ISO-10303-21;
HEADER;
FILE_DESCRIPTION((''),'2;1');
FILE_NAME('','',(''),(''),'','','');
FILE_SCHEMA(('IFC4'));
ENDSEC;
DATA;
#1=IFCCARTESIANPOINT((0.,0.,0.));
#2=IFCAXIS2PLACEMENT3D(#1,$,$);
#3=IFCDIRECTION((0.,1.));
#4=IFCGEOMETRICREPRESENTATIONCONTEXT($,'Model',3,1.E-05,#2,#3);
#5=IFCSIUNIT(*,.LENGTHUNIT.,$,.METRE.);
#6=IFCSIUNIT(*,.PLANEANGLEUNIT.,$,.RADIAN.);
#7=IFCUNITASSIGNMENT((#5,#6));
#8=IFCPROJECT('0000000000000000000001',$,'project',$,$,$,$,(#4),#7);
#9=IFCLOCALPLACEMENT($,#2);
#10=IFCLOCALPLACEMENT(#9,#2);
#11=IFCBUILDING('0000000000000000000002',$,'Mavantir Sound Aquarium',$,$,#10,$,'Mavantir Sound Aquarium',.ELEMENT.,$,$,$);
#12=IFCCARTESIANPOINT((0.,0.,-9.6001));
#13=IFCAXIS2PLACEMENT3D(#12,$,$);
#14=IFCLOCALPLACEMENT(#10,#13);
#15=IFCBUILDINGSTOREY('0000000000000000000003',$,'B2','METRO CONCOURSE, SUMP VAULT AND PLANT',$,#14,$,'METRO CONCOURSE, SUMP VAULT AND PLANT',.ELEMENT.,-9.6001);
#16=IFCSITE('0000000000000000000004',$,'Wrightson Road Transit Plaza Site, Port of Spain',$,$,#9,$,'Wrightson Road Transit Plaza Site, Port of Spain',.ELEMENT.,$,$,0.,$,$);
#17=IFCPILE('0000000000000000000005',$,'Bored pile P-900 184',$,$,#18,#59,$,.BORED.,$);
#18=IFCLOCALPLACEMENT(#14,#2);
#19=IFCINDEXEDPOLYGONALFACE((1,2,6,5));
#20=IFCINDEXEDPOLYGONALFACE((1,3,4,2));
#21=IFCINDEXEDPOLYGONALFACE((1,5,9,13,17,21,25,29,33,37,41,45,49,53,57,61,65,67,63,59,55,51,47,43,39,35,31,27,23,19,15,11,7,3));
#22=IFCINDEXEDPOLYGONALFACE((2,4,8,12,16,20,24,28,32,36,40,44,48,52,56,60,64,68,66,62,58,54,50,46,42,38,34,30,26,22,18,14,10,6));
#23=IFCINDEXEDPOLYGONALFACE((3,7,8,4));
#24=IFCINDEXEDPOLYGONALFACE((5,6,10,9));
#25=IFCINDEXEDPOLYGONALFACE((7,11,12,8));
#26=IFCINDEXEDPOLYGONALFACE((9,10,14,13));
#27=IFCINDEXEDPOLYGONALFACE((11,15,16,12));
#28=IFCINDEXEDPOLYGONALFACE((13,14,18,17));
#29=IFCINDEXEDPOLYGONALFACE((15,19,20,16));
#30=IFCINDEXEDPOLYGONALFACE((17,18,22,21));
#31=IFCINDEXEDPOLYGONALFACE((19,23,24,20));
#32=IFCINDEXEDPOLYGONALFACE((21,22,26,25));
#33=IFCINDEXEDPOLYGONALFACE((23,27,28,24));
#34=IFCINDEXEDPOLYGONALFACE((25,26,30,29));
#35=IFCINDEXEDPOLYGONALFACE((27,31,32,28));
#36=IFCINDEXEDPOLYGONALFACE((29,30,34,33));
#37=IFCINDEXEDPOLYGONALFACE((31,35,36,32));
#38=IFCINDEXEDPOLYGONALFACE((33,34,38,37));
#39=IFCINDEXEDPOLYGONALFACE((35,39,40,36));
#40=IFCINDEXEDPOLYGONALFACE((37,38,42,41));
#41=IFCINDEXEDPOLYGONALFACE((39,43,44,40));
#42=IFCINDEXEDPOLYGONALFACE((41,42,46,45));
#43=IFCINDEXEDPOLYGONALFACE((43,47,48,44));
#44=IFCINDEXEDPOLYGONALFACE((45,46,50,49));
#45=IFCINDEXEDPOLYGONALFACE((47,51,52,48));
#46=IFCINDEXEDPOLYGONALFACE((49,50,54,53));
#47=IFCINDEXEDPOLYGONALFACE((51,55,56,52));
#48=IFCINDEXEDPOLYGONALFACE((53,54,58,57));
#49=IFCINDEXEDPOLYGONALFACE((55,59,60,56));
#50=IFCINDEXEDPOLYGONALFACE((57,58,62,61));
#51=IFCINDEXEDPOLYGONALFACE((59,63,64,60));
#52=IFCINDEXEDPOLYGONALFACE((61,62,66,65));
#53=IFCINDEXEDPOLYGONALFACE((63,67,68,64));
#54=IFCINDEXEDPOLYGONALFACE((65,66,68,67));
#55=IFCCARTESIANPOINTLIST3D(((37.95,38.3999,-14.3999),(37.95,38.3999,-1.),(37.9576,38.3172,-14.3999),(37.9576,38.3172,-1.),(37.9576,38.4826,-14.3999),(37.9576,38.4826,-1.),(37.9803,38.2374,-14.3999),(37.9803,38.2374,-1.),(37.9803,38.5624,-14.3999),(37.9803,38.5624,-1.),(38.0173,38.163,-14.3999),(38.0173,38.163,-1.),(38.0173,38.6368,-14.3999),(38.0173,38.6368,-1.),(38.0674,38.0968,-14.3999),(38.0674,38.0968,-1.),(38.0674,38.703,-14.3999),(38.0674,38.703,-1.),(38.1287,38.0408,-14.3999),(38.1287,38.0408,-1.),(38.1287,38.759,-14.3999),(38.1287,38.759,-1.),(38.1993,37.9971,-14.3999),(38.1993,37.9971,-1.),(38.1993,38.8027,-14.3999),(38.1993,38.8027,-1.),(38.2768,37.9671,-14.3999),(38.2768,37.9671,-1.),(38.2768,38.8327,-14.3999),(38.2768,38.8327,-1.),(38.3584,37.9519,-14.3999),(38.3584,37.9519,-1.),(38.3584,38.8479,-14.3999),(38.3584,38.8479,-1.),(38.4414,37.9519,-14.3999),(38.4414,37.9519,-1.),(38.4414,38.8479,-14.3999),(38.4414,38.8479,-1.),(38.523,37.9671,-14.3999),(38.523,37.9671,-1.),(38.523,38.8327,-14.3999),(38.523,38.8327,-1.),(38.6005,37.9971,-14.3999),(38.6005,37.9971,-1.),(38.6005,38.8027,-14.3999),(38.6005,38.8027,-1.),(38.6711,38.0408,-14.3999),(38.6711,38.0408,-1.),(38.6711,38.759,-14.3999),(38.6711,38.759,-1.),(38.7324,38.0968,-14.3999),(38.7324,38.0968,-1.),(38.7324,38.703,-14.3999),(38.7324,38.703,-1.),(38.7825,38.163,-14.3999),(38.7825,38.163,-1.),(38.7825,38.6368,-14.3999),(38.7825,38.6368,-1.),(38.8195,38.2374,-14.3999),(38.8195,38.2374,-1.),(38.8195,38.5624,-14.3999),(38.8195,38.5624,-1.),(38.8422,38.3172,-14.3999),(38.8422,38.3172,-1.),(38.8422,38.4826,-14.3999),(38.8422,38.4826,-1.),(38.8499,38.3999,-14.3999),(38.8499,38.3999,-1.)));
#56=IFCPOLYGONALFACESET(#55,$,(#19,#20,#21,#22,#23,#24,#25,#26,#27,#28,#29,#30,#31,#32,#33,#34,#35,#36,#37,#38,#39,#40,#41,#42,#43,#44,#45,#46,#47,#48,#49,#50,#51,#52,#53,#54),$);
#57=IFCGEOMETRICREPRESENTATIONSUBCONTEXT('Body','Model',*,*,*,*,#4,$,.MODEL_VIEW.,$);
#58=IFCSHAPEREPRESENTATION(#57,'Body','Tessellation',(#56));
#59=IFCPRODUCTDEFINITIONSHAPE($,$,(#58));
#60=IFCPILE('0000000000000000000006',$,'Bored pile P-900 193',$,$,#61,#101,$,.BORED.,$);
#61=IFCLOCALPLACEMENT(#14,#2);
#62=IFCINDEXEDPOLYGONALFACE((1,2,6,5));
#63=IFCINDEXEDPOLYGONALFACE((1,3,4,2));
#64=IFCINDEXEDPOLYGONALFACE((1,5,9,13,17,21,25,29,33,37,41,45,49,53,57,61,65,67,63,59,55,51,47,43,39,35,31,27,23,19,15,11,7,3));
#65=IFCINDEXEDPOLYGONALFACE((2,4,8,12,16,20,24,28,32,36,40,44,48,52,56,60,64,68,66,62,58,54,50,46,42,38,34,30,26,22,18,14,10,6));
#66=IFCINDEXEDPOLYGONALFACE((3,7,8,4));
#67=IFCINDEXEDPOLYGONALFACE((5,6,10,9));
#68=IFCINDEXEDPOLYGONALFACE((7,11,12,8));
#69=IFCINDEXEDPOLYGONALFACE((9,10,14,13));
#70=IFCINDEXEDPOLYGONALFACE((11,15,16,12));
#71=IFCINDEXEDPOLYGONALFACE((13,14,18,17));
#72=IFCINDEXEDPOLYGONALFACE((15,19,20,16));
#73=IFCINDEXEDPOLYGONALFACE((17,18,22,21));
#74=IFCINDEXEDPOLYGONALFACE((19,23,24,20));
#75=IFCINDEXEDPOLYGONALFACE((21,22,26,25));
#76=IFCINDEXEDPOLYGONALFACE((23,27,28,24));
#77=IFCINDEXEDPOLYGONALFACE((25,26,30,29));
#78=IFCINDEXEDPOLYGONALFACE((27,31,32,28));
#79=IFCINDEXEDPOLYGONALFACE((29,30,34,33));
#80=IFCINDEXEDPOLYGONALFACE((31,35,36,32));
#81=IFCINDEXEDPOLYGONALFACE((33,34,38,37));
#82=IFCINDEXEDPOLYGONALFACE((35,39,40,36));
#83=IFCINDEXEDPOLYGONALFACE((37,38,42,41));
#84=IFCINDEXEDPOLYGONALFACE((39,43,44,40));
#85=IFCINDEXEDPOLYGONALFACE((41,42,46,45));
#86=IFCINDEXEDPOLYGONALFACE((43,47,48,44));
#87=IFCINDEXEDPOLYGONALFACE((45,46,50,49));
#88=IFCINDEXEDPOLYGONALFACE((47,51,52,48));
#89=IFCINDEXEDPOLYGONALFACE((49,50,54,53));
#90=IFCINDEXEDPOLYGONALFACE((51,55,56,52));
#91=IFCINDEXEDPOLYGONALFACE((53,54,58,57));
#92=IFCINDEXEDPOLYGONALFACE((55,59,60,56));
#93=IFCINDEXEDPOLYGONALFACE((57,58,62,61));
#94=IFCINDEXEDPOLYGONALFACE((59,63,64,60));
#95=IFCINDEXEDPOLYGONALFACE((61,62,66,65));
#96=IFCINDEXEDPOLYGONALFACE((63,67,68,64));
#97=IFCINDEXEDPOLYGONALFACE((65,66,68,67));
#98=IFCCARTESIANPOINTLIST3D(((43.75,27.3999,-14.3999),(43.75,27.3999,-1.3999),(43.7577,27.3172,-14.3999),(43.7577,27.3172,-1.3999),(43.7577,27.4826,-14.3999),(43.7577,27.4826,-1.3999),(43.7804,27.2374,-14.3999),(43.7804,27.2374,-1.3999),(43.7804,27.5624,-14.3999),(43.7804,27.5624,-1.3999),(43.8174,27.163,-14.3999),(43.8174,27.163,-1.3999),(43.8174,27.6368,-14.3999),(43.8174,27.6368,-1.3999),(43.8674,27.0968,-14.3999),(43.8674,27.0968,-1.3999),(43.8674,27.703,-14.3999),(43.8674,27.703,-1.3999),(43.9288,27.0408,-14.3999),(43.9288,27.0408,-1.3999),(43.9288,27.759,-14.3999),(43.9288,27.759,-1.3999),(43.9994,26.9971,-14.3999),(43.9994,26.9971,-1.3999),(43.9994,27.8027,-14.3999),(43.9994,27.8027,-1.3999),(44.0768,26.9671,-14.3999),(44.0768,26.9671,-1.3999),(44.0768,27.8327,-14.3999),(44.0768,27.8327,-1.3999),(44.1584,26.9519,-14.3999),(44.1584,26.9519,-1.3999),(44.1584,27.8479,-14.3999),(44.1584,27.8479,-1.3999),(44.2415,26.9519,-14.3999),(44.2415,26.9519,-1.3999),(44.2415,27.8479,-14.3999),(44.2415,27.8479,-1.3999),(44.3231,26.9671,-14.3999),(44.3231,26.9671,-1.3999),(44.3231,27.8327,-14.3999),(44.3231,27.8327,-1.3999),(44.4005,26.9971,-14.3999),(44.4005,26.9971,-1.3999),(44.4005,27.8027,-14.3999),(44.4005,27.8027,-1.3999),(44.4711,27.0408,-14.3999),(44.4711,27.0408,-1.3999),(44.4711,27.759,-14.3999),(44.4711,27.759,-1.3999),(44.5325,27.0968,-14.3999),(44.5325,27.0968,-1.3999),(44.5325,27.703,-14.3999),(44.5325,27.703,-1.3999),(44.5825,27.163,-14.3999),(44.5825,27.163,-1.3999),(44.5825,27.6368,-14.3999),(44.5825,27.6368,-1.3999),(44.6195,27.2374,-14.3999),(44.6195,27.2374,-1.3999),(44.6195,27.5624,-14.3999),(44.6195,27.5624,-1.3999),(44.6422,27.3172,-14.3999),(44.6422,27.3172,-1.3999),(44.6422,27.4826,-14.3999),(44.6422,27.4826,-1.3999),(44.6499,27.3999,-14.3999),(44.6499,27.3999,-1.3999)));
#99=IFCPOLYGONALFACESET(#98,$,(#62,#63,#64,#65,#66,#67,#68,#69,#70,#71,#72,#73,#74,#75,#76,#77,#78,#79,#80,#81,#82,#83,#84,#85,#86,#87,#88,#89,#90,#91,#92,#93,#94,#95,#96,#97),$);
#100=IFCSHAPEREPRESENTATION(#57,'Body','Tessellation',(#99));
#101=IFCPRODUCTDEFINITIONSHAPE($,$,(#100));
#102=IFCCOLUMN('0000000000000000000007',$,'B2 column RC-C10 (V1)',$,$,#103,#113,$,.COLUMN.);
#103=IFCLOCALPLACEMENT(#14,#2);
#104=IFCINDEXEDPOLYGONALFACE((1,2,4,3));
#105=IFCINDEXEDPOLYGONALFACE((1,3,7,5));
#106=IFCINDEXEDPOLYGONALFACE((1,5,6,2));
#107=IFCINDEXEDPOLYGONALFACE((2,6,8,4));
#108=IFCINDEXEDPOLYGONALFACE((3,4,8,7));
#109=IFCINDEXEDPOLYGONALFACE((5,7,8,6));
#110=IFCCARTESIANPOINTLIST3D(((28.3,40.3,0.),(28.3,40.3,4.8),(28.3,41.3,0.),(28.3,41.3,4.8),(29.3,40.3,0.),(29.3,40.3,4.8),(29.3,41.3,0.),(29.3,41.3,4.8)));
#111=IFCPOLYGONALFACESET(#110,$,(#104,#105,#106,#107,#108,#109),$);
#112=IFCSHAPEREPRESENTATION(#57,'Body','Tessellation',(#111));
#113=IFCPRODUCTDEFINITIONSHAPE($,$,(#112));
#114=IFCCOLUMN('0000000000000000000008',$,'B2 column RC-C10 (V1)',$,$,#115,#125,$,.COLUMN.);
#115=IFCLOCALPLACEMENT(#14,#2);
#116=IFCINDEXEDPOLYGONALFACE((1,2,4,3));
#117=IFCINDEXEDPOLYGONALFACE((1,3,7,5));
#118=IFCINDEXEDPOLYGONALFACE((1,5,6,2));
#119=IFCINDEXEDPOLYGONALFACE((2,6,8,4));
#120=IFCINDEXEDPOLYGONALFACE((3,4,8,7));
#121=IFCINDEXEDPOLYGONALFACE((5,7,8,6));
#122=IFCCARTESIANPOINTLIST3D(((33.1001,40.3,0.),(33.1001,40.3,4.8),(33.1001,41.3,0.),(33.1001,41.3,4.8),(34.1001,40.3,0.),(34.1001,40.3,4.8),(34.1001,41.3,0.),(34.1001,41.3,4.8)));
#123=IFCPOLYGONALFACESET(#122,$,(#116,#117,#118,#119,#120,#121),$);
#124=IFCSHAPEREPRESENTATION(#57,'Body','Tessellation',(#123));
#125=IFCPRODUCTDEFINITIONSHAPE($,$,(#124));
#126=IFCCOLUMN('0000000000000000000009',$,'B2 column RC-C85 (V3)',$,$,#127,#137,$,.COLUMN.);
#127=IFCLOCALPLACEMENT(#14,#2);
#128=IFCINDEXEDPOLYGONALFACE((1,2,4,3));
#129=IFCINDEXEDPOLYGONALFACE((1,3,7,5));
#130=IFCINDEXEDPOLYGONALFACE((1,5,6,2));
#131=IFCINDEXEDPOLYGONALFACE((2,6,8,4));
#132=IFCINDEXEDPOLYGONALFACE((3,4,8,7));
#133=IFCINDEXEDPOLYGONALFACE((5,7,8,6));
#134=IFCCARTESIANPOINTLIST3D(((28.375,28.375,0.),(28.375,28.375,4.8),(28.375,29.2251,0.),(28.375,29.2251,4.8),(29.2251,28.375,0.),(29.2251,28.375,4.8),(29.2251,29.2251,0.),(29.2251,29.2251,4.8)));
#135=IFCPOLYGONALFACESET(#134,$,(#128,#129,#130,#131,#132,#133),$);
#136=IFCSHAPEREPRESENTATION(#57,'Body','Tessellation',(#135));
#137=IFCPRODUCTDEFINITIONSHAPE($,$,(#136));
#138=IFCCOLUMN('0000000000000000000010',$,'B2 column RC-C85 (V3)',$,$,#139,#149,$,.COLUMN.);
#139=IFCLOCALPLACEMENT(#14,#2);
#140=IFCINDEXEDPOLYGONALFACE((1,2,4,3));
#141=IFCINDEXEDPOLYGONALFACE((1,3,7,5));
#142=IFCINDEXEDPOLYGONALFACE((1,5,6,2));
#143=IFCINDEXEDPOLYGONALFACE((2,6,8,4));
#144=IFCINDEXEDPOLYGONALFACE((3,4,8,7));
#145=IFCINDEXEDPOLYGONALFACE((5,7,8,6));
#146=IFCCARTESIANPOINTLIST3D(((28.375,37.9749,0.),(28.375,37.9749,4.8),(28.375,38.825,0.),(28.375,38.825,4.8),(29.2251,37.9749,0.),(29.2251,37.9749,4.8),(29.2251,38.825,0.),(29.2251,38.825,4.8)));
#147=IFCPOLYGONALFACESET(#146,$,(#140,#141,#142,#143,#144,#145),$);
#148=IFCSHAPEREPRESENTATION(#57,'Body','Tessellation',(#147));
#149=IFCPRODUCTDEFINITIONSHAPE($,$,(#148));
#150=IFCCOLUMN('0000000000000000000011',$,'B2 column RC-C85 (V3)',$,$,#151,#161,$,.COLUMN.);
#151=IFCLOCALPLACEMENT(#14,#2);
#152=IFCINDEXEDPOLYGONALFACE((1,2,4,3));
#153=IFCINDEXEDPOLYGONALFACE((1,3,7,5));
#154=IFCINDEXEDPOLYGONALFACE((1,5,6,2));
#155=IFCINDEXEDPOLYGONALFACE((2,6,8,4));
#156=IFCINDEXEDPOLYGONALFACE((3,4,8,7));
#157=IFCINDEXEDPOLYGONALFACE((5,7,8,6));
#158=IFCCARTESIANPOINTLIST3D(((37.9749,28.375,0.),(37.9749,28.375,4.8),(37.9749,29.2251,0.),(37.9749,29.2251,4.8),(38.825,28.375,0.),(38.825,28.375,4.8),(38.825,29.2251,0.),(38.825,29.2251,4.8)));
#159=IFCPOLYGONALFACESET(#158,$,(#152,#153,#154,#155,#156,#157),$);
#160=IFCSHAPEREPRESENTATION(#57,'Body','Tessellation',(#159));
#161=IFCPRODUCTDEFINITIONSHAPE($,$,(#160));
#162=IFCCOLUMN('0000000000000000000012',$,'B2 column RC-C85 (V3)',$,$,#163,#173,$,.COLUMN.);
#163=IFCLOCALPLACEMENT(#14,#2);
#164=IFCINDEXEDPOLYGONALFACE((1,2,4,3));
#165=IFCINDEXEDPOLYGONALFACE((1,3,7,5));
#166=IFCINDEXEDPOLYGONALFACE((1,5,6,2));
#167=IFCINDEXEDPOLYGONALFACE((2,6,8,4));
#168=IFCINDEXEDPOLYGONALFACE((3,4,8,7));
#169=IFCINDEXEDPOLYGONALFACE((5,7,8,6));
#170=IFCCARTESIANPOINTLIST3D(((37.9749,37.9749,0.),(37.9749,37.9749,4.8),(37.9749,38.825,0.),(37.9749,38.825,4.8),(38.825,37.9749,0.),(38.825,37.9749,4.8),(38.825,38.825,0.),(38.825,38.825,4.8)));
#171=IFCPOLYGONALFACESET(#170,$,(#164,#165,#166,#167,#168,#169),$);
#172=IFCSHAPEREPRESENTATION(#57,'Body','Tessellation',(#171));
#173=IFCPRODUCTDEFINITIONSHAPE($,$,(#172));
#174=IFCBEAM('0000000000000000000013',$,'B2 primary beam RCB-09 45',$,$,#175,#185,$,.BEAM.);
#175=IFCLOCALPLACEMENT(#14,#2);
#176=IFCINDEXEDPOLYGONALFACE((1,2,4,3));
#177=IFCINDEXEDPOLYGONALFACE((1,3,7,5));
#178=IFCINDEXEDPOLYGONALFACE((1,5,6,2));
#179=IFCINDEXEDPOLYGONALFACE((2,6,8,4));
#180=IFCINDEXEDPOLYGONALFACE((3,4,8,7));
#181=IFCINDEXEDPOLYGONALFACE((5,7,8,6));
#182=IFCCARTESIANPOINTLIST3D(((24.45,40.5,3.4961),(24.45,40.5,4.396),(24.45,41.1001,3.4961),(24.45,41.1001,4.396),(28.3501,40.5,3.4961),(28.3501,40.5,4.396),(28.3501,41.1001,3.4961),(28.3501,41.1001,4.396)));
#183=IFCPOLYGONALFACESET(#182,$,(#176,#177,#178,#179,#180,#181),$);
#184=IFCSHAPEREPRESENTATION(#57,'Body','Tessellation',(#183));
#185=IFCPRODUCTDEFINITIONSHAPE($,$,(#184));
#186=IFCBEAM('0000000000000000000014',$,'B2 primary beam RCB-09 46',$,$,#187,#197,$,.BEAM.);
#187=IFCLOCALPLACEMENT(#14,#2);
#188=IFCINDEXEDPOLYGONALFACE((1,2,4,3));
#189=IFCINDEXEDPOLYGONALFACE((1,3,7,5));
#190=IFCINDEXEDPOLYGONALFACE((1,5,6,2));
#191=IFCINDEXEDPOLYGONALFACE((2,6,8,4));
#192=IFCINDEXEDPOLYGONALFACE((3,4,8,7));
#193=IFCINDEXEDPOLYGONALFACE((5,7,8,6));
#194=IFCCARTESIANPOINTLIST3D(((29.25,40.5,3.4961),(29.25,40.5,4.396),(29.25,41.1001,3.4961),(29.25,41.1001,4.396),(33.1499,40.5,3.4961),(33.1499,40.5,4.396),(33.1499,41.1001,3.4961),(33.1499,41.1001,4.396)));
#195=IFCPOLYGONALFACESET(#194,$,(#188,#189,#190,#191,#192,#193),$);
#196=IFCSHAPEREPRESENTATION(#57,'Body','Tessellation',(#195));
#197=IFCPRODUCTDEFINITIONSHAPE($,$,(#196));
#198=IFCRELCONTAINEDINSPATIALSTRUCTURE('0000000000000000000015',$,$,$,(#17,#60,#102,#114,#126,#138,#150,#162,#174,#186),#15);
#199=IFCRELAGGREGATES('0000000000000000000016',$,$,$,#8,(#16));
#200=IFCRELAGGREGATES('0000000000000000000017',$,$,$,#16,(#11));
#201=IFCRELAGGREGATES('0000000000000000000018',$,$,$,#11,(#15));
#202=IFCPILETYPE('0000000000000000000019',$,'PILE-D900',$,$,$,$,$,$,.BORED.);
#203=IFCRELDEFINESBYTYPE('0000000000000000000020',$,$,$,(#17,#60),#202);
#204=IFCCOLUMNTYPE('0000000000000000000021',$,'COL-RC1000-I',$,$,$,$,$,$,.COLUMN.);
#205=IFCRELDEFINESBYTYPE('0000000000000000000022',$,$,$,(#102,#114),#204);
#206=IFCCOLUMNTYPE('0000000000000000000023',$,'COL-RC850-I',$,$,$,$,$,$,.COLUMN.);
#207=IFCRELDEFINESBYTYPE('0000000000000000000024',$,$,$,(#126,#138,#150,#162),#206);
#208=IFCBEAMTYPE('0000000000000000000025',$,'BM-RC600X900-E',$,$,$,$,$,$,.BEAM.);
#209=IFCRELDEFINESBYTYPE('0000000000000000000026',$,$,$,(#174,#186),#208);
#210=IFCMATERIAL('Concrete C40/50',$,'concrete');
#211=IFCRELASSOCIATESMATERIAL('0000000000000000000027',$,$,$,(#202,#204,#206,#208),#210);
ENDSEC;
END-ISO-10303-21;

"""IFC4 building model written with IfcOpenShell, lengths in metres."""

from ifc_helpers import new_model, si_unit, direction, frame, origin, origin_2d, place, context, subcontext, project, spatial, rectangle, circle, extrude, material, material_profile, profile_set, type_object, element, save


model = new_model("IFC4")

# Units and contexts
model_context = context("Model", 3, precision=1e-05, world=origin(), true_north=direction((0.0, 1.0)))
body_context = subcontext(model_context, "Body", "Model", "MODEL_VIEW")
ifc_project = project(units=[si_unit("LENGTHUNIT", "METRE"), si_unit("PLANEANGLEUNIT", "RADIAN")], contexts=[model_context])

# Site, building, storey
site_placement = place(None, origin())
site = spatial("IfcSite", under=ifc_project, at=site_placement, Name="Wrightson Road Transit Plaza Site, Port of Spain", LongName="Wrightson Road Transit Plaza Site, Port of Spain", CompositionType="ELEMENT", RefElevation=0.0)
building_placement = place(site_placement, origin())
building = spatial("IfcBuilding", under=site, at=building_placement, Name="Mavantir Sound Aquarium", LongName="Mavantir Sound Aquarium", CompositionType="ELEMENT")
storey_placement = place(building_placement, frame((0.0, 0.0, -9.6001)))
storey = spatial("IfcBuildingStorey", under=building, at=storey_placement, Name="B2", Description="METRO CONCOURSE, SUMP VAULT AND PLANT", LongName="METRO CONCOURSE, SUMP VAULT AND PLANT", CompositionType="ELEMENT", Elevation=-9.6001)

# Shared definitions
ifc_material_1 = material(Name="Concrete C40/50", Category="concrete")

# Piles
ifc_material_profile_1 = material_profile(ifc_material_1, circle(Radius=0.45, at=origin_2d()), Name="PILE D900")
ifc_profile_set_1 = profile_set([ifc_material_profile_1], Name="Concrete C40/50")
pile_type = type_object("IfcPileType", Name="PILE-D900", PredefinedType="BORED", material=ifc_profile_set_1)
pile_1_placement = place(storey_placement, frame((38.3999, 38.3999, -1.0), z_axis=(0.0, 0.0, -1.0), x_axis=(1.0, 0.0, 0.0)))
element("IfcPile", 1, at=pile_1_placement, inside=storey, type_object=pile_type, Name="Bored pile P-900 184", PredefinedType="BORED", context=body_context, shape_type="SweptSolid", body=[
    extrude(circle(Radius=0.45, at=origin_2d()), origin(), (0.0, 0.0, 1.0), 13.3999),
])
pile_2_placement = place(storey_placement, frame((44.2, 27.3999, -1.3999), z_axis=(0.0, 0.0, -1.0), x_axis=(1.0, 0.0, 0.0)))
element("IfcPile", 2, at=pile_2_placement, inside=storey, type_object=pile_type, Name="Bored pile P-900 193", PredefinedType="BORED", context=body_context, shape_type="SweptSolid", body=[
    extrude(circle(Radius=0.45, at=origin_2d()), origin(), (0.0, 0.0, 1.0), 13.0),
])

# Columns
ifc_material_profile_2 = material_profile(ifc_material_1, rectangle(XDim=1.0, YDim=1.0, at=origin_2d()), Name="RC 1000X1000")
ifc_profile_set_2 = profile_set([ifc_material_profile_2], Name="Concrete C40/50")
column_type_1 = type_object("IfcColumnType", Name="COL-RC1000-I", PredefinedType="COLUMN", material=ifc_profile_set_2)
for number, where, z_axis, x_axis, name in (
    (3, (28.8, 40.8, 0.0), (0.0, 0.0, 1.0), (1.0, 0.0, 0.0), "B2 column RC-C10 (V1)"),
    (4, (33.6001, 40.8, 0.0), (0.0, 0.0, 1.0), (1.0, 0.0, 0.0), "B2 column RC-C10 (V1)"),
):
    element("IfcColumn", number, at=place(storey_placement, frame(where, z_axis=z_axis, x_axis=x_axis)), inside=storey, type_object=column_type_1, Name=name, PredefinedType="COLUMN", context=body_context, shape_type="SweptSolid", body=[
        extrude(rectangle(XDim=1.0, YDim=1.0, at=origin_2d()), origin(), (0.0, 0.0, 1.0), 4.8),
    ])
ifc_material_profile_3 = material_profile(ifc_material_1, rectangle(XDim=0.8501, YDim=0.8501, at=origin_2d()), Name="RC 850X850")
ifc_profile_set_3 = profile_set([ifc_material_profile_3], Name="Concrete C40/50")
column_type_2 = type_object("IfcColumnType", Name="COL-RC850-I", PredefinedType="COLUMN", material=ifc_profile_set_3)
for number, where, z_axis, x_axis, name in (
    (5, (28.8, 28.8, 0.0), (0.0, 0.0, 1.0), (1.0, 0.0, 0.0), "B2 column RC-C85 (V3)"),
    (6, (28.8, 38.3999, 0.0), (0.0, 0.0, 1.0), (1.0, 0.0, 0.0), "B2 column RC-C85 (V3)"),
    (7, (38.3999, 28.8, 0.0), (0.0, 0.0, 1.0), (1.0, 0.0, 0.0), "B2 column RC-C85 (V3)"),
    (8, (38.3999, 38.3999, 0.0), (0.0, 0.0, 1.0), (1.0, 0.0, 0.0), "B2 column RC-C85 (V3)"),
):
    element("IfcColumn", number, at=place(storey_placement, frame(where, z_axis=z_axis, x_axis=x_axis)), inside=storey, type_object=column_type_2, Name=name, PredefinedType="COLUMN", context=body_context, shape_type="SweptSolid", body=[
        extrude(rectangle(XDim=0.8501, YDim=0.8501, at=origin_2d()), origin(), (0.0, 0.0, 1.0), 4.8),
    ])

# Beams
ifc_material_profile_4 = material_profile(ifc_material_1, rectangle(XDim=0.6001, YDim=0.8999, at=origin_2d()), Name="RC 600X900")
ifc_profile_set_4 = profile_set([ifc_material_profile_4], Name="Concrete C40/50")
beam_type_1 = type_object("IfcBeamType", Name="BM-RC600X900-E", PredefinedType="BEAM", material=ifc_profile_set_4)
beam_1_placement = place(storey_placement, frame((24.45, 40.8, 3.946), z_axis=(1.0, 0.0, 0.0), x_axis=(0.0, 1.0, 0.0)))
element("IfcBeam", 9, at=beam_1_placement, inside=storey, type_object=beam_type_1, Name="B2 primary beam RCB-09 45", PredefinedType="BEAM", context=body_context, shape_type="SweptSolid", body=[
    extrude(rectangle(XDim=0.6001, YDim=0.8999, at=origin_2d()), origin(), (0.0, 0.0, 1.0), 3.9001),
])
beam_2_placement = place(storey_placement, frame((29.25, 40.8, 3.946), z_axis=(1.0, 0.0, 0.0), x_axis=(0.0, 1.0, 0.0)))
element("IfcBeam", 10, at=beam_2_placement, inside=storey, type_object=beam_type_1, Name="B2 primary beam RCB-09 46", PredefinedType="BEAM", context=body_context, shape_type="SweptSolid", body=[
    extrude(rectangle(XDim=0.6001, YDim=0.8999, at=origin_2d()), origin(), (0.0, 0.0, 1.0), 3.8999),
])

save(model, "model.ifc")
